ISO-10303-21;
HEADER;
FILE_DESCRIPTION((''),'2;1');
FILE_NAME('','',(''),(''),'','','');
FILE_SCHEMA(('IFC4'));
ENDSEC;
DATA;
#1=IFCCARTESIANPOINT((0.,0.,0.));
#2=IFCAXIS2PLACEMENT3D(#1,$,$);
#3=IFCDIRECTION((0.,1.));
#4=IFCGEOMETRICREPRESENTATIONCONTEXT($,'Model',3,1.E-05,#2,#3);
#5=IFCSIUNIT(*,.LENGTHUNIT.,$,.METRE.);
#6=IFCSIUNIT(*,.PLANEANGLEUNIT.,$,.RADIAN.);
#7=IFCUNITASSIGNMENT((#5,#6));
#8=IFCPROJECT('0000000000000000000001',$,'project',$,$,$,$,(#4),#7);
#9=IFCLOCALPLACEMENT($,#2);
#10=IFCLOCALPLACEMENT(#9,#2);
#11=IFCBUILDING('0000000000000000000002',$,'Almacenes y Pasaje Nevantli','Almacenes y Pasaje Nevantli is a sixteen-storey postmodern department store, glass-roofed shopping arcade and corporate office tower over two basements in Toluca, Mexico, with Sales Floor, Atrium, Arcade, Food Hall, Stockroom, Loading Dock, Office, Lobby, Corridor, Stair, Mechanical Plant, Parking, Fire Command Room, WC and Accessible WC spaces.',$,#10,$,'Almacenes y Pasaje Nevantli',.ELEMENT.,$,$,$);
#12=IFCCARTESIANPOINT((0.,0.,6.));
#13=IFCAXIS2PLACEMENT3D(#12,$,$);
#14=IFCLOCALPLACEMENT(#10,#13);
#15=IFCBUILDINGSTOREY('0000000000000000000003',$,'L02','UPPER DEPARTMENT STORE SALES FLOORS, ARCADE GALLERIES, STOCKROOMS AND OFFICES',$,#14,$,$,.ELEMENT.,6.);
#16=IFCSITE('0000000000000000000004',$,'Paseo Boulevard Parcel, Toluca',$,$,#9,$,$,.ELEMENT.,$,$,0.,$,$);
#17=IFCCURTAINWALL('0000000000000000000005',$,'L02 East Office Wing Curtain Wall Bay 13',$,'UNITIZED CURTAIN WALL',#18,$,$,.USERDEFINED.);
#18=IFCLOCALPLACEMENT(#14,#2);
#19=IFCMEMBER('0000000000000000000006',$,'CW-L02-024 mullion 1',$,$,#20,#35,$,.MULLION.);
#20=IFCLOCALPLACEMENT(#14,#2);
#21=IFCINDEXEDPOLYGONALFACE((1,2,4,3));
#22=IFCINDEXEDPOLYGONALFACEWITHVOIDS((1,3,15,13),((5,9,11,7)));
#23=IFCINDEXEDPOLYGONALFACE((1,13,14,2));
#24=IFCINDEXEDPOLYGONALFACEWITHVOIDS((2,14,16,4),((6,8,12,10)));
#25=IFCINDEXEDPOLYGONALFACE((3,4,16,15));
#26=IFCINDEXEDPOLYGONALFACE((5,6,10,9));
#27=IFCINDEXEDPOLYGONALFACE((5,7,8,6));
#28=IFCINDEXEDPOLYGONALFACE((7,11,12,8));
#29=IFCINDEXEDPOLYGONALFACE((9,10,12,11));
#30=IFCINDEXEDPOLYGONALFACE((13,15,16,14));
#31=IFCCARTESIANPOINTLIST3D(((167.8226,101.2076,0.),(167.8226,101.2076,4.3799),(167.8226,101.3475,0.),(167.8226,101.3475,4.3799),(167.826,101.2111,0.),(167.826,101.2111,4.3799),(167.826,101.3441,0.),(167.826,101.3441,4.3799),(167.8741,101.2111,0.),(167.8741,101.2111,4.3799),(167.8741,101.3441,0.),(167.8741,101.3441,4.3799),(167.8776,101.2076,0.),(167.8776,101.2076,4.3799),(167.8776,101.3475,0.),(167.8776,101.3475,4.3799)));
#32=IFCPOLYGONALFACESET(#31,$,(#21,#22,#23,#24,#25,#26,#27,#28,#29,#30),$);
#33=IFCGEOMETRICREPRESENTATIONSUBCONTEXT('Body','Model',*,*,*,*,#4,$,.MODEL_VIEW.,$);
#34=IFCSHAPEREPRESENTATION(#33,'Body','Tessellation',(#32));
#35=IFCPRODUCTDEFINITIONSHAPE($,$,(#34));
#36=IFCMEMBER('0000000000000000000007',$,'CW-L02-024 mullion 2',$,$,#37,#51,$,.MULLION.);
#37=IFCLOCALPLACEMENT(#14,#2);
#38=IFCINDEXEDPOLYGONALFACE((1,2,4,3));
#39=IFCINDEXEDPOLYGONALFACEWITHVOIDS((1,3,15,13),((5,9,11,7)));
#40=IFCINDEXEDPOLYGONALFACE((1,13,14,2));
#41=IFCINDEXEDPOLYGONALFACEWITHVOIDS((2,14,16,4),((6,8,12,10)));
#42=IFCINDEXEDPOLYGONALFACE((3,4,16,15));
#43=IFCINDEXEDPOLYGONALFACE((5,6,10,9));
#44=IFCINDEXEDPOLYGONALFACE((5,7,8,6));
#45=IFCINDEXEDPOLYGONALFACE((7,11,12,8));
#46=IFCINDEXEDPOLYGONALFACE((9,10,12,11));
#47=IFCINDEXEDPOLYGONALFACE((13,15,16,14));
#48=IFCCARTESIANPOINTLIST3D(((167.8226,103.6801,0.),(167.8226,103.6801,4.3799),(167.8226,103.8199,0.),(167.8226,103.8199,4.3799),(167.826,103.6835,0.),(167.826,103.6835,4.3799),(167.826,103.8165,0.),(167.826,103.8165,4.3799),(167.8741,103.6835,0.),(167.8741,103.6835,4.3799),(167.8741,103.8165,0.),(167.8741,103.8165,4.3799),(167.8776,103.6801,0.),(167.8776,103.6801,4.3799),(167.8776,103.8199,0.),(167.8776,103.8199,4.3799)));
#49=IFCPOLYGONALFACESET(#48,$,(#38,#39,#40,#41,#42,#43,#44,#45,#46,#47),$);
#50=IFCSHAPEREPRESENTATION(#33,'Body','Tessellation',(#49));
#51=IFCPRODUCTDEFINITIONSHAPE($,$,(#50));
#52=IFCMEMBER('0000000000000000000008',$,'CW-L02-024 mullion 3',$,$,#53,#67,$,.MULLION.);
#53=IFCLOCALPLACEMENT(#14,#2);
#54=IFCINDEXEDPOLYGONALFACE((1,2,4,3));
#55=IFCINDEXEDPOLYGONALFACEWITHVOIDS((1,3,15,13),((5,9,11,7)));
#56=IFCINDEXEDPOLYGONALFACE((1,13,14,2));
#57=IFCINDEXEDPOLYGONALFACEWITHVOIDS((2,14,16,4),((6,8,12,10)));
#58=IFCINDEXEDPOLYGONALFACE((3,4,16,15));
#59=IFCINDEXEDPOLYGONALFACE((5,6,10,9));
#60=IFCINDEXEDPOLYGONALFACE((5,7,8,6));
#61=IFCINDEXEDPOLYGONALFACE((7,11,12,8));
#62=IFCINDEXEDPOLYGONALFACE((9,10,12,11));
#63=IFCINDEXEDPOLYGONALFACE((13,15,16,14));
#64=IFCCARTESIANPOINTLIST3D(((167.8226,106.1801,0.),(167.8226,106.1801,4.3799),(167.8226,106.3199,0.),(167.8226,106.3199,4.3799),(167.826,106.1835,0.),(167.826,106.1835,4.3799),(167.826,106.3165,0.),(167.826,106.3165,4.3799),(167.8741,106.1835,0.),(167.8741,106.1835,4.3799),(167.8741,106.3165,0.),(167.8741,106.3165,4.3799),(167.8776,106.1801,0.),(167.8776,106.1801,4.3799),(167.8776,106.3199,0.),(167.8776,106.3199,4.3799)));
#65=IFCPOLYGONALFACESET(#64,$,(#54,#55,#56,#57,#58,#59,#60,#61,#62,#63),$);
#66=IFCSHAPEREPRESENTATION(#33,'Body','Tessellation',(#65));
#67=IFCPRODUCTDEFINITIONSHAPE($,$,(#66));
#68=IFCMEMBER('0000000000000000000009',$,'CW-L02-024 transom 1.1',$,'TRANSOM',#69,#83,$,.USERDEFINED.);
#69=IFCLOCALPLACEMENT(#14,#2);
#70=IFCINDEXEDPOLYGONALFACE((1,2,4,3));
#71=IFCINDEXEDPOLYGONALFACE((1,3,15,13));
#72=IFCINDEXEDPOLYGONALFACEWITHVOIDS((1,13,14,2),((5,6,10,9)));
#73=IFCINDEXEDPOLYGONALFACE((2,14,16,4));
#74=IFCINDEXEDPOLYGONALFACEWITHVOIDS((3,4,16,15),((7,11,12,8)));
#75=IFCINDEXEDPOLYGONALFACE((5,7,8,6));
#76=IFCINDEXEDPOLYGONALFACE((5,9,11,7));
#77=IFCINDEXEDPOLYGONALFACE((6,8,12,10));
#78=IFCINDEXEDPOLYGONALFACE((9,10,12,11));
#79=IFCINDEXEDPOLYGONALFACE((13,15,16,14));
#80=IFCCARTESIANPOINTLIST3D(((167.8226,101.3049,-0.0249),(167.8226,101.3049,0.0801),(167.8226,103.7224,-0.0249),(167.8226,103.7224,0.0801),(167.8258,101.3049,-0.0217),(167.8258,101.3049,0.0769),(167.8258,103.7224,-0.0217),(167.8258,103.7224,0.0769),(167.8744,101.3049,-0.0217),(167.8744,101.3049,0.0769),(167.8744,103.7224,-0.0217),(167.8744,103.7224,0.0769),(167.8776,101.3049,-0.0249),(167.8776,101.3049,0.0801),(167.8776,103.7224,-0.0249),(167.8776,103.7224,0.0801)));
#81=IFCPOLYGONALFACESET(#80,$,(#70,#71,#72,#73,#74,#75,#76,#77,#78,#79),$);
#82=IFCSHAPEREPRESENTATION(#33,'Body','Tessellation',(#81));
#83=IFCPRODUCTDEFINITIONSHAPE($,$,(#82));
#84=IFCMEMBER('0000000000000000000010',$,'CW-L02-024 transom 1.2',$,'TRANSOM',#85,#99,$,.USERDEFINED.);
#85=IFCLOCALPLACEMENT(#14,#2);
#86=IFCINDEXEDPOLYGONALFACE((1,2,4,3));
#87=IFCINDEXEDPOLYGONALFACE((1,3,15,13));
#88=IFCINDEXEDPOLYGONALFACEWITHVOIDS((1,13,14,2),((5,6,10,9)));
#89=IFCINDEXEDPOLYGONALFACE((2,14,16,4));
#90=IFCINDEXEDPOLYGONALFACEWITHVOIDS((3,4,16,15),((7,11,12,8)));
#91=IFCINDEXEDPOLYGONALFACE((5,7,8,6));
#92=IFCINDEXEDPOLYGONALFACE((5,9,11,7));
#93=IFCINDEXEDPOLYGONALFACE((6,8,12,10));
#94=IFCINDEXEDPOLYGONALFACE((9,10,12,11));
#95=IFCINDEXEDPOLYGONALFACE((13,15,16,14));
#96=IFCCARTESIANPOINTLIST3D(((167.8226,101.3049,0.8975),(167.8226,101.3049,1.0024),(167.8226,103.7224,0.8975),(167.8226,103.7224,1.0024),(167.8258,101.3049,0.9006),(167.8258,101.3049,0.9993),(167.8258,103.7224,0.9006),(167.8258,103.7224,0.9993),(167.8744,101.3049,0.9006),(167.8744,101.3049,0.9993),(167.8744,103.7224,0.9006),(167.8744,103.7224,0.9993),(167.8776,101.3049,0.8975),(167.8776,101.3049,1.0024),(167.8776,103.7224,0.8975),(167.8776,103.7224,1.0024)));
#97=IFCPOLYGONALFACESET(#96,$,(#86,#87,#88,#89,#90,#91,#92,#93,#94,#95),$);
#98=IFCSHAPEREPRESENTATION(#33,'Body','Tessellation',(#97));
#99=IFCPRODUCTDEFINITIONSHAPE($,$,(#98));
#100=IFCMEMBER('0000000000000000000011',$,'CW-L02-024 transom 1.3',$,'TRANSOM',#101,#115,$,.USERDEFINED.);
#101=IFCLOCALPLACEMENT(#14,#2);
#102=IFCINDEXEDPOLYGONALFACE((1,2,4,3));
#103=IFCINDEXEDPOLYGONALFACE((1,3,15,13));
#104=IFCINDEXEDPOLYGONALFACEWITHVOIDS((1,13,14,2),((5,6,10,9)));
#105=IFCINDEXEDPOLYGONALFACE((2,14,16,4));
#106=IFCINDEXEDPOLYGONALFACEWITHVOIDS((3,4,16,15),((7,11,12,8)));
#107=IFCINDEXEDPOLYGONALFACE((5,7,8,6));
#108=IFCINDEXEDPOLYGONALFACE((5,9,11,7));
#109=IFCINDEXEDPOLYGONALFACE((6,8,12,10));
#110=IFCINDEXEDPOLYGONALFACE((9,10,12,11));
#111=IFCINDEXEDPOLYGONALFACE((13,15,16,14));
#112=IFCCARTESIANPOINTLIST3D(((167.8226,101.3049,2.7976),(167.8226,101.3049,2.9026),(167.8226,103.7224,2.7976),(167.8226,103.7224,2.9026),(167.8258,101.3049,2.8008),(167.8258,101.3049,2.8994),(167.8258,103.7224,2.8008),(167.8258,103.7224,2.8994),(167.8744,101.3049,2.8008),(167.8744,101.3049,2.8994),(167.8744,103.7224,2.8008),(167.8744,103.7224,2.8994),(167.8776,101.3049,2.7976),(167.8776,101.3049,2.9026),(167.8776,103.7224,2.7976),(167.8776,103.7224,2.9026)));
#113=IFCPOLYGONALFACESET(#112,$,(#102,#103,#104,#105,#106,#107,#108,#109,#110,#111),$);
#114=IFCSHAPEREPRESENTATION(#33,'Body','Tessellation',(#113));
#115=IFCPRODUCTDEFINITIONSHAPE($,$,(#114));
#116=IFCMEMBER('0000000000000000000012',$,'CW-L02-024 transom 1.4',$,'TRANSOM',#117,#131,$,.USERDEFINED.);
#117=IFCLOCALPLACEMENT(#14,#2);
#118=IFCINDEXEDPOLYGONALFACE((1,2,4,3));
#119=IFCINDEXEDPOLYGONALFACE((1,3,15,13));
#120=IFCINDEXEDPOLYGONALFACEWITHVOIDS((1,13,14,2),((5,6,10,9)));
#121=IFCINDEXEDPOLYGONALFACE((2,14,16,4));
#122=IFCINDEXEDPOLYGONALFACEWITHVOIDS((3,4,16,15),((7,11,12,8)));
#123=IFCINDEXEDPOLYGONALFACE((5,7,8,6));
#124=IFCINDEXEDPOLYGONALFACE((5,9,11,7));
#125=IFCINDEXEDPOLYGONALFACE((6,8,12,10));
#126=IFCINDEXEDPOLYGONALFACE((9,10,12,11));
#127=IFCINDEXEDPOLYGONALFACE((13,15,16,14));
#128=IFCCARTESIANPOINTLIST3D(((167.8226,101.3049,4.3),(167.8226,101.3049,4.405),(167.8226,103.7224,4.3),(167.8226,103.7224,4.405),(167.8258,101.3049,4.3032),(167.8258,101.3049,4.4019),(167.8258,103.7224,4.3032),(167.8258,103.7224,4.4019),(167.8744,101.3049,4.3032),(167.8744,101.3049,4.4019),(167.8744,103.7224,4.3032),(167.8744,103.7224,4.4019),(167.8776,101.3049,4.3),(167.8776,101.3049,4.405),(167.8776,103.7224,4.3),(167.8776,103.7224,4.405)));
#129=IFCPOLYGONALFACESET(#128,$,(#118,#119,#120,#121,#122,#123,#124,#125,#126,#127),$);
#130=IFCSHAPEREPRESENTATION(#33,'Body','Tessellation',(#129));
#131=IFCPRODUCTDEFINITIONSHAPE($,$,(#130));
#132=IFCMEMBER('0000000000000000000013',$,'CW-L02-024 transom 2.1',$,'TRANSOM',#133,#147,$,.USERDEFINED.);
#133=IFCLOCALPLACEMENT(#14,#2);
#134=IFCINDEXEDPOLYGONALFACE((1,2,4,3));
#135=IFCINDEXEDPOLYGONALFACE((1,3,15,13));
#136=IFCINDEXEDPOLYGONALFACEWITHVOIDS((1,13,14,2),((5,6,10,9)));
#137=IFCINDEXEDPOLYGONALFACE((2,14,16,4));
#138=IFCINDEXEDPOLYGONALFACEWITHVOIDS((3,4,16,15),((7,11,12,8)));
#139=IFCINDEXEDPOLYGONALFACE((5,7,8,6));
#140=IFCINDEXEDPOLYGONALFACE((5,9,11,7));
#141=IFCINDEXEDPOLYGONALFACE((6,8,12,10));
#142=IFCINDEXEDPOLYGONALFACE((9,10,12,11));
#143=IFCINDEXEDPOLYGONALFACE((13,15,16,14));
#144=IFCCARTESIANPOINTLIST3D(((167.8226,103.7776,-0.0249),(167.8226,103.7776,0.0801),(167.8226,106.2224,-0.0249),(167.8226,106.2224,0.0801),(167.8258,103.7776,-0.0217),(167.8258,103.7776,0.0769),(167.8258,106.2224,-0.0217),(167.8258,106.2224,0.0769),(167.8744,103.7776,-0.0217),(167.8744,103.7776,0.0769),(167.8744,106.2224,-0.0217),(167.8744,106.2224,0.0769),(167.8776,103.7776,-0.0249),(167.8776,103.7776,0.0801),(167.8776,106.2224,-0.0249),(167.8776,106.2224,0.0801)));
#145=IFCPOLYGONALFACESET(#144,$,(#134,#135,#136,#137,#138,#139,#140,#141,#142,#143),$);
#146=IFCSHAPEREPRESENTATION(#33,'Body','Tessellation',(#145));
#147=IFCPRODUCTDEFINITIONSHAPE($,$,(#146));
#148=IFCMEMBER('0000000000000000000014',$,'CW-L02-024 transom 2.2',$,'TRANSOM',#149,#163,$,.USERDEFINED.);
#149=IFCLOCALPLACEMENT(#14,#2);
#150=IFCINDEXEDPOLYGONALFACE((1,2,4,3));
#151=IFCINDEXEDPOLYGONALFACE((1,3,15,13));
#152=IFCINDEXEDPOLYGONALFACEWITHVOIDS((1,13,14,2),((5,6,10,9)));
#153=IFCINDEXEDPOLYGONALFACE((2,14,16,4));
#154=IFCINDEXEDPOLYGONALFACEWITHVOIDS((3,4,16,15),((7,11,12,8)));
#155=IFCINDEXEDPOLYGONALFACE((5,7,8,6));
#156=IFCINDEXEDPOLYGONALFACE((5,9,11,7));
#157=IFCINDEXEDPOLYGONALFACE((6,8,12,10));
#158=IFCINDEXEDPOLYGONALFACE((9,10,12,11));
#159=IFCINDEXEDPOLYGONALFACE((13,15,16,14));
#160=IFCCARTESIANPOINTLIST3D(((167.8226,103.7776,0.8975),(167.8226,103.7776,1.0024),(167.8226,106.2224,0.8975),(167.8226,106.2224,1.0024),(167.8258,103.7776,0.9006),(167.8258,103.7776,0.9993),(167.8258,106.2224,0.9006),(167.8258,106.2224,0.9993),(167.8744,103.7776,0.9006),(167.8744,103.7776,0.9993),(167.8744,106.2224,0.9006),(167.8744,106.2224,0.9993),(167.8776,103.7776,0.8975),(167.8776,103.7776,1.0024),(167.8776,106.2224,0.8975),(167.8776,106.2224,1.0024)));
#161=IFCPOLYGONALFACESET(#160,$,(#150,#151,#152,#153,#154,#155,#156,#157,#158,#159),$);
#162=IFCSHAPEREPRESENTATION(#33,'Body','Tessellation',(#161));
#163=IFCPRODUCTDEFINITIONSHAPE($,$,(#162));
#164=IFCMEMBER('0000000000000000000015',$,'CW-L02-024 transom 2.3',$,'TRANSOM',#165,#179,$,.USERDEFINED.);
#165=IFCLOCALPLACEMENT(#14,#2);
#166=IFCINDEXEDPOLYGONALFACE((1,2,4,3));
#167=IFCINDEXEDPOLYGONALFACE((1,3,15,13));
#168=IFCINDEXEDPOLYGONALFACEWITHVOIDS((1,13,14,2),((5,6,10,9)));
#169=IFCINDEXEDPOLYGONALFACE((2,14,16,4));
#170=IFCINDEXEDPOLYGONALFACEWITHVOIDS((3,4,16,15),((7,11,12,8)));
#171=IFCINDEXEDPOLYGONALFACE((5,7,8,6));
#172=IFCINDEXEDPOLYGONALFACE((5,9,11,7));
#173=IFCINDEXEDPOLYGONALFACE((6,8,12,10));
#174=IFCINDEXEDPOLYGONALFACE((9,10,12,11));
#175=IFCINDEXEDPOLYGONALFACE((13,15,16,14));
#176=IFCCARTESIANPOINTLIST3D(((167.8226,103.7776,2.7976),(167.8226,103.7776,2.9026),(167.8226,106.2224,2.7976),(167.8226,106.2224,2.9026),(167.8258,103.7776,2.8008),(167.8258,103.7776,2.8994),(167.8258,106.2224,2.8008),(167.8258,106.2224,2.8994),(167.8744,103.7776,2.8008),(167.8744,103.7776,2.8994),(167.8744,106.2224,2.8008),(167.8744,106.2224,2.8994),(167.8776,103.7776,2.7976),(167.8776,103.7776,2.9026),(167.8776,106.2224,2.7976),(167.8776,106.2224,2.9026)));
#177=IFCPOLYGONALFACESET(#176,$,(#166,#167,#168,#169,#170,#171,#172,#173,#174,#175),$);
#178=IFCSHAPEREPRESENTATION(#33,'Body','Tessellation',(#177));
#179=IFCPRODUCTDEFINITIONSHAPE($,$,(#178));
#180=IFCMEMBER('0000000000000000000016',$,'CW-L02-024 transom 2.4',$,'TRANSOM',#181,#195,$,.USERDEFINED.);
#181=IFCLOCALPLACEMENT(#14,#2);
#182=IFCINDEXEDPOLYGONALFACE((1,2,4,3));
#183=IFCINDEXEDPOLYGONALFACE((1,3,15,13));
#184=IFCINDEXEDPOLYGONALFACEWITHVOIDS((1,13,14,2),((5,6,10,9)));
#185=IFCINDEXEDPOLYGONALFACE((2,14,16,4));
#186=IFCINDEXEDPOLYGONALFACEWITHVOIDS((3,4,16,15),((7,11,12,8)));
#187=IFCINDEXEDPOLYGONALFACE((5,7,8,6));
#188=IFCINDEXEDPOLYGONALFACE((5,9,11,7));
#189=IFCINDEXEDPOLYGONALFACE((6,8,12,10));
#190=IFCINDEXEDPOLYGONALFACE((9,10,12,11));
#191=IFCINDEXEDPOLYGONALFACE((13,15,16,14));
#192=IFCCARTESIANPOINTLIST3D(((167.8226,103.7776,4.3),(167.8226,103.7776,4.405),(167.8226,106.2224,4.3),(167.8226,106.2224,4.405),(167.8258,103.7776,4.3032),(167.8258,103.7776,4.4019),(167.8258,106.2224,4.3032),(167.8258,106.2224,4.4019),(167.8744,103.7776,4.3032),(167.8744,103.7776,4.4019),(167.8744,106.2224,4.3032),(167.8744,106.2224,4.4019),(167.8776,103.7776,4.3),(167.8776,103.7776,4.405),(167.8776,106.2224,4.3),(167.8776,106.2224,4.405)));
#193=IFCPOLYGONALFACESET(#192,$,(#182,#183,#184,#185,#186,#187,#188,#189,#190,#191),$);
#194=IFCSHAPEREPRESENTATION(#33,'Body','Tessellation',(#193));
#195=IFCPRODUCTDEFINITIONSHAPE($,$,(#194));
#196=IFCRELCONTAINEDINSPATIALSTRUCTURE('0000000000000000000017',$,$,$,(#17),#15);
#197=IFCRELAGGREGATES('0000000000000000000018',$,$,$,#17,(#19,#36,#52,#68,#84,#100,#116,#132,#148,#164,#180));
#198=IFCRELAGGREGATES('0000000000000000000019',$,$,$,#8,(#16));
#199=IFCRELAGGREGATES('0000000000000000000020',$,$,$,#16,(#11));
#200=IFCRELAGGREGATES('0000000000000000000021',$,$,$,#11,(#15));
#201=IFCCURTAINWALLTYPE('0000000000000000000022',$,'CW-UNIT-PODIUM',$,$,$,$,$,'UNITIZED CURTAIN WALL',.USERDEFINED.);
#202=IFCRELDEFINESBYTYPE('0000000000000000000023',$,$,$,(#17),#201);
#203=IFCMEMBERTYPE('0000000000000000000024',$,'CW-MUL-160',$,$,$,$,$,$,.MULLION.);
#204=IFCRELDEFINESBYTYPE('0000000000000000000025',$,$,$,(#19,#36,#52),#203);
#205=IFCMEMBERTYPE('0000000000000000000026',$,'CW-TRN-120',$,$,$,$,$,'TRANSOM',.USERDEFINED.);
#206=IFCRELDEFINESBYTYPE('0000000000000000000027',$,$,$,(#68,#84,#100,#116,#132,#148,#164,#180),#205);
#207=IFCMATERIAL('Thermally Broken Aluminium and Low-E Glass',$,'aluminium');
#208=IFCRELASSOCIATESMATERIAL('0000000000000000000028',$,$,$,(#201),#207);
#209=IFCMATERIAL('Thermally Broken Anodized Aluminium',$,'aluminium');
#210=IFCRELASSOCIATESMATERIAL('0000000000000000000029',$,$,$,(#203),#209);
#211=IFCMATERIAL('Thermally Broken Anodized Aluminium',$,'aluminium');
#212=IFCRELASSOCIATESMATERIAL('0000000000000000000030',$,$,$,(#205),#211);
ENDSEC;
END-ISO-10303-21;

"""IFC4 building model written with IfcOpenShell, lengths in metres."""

from ifc_helpers import new_model, si_unit, direction, frame, origin, origin_2d, place, context, subcontext, project, spatial, hollow_rectangle, extrude, material, material_profile, profile_set, type_object, element, aggregate, save


model = new_model("IFC4")

# Units and contexts
model_context = context("Model", 3, precision=1e-05, world=origin(), true_north=direction((0.0, 1.0)))
body_context = subcontext(model_context, "Body", "Model", "MODEL_VIEW")
ifc_project = project(units=[si_unit("LENGTHUNIT", "METRE"), si_unit("PLANEANGLEUNIT", "RADIAN")], contexts=[model_context])

# Site, building, storey
site_placement = place(None, origin())
site = spatial("IfcSite", under=ifc_project, at=site_placement, Name="Paseo Boulevard Parcel, Toluca", CompositionType="ELEMENT", RefElevation=0.0)
building_placement = place(site_placement, origin())
building = spatial("IfcBuilding", under=site, at=building_placement, Name="Almacenes y Pasaje Nevantli", Description="Almacenes y Pasaje Nevantli is a sixteen-storey postmodern department store, glass-roofed shopping arcade and corporate office tower over two basements in Toluca, Mexico, with Sales Floor, Atrium, Arcade, Food Hall, Stockroom, Loading Dock, Office, Lobby, Corridor, Stair, Mechanical Plant, Parking, Fire Command Room, WC and Accessible WC spaces.", LongName="Almacenes y Pasaje Nevantli", CompositionType="ELEMENT")
storey_placement = place(building_placement, frame((0.0, 0.0, 6.0)))
storey = spatial("IfcBuildingStorey", under=building, at=storey_placement, Name="L02", Description="UPPER DEPARTMENT STORE SALES FLOORS, ARCADE GALLERIES, STOCKROOMS AND OFFICES", CompositionType="ELEMENT", Elevation=6.0)

# Curtain wall, members
ifc_material_1 = material(Name="Thermally Broken Aluminium and Low-E Glass", Category="aluminium")
curtain_wall_type = type_object("IfcCurtainWallType", Name="CW-UNIT-PODIUM", ElementType="UNITIZED CURTAIN WALL", PredefinedType="USERDEFINED", material=ifc_material_1)
curtain_wall_placement = place(storey_placement, origin())
curtain_wall = element("IfcCurtainWall", 1, at=curtain_wall_placement, inside=storey, type_object=curtain_wall_type, Name="L02 East Office Wing Curtain Wall Bay 13", ObjectType="UNITIZED CURTAIN WALL", PredefinedType="USERDEFINED")
ifc_material_2 = material(Name="Thermally Broken Anodized Aluminium", Category="aluminium")
ifc_material_profile_1 = material_profile(ifc_material_2, hollow_rectangle(XDim=0.0549, YDim=0.1399, WallThickness=0.0034, at=origin_2d()), Name="ALU-MUL-55x140")
ifc_profile_set_1 = profile_set([ifc_material_profile_1], Name="Thermally Broken Anodized Aluminium")
member_type_1 = type_object("IfcMemberType", Name="CW-MUL-160", PredefinedType="MULLION", material=ifc_profile_set_1)
member_1_placement = place(storey_placement, frame((167.8501, 101.2776, 0.0), z_axis=(0.0, 0.0, 1.0), x_axis=(-1.0, 0.0, 0.0)))
member_1 = element("IfcMember", 2, at=member_1_placement, type_object=member_type_1, Name="CW-L02-024 mullion 1", PredefinedType="MULLION", context=body_context, shape_type="SweptSolid", body=[
    extrude(hollow_rectangle(XDim=0.0549, YDim=0.1399, WallThickness=0.0034, at=origin_2d()), origin(), (0.0, 0.0, 1.0), 4.3799),
])
member_2_placement = place(storey_placement, frame((167.8501, 103.75, 0.0), z_axis=(0.0, 0.0, 1.0), x_axis=(-1.0, 0.0, 0.0)))
member_2 = element("IfcMember", 3, at=member_2_placement, type_object=member_type_1, Name="CW-L02-024 mullion 2", PredefinedType="MULLION", context=body_context, shape_type="SweptSolid", body=[
    extrude(hollow_rectangle(XDim=0.0549, YDim=0.1399, WallThickness=0.0034, at=origin_2d()), origin(), (0.0, 0.0, 1.0), 4.3799),
])
member_3_placement = place(storey_placement, frame((167.8501, 106.25, 0.0), z_axis=(0.0, 0.0, 1.0), x_axis=(-1.0, 0.0, 0.0)))
member_3 = element("IfcMember", 4, at=member_3_placement, type_object=member_type_1, Name="CW-L02-024 mullion 3", PredefinedType="MULLION", context=body_context, shape_type="SweptSolid", body=[
    extrude(hollow_rectangle(XDim=0.0549, YDim=0.1399, WallThickness=0.0034, at=origin_2d()), origin(), (0.0, 0.0, 1.0), 4.3799),
])
ifc_material_3 = material(Name="Thermally Broken Anodized Aluminium", Category="aluminium")
ifc_material_profile_2 = material_profile(ifc_material_3, hollow_rectangle(XDim=0.0549, YDim=0.105, WallThickness=0.0032, at=origin_2d()), Name="ALU-TRN-55x105")
ifc_profile_set_2 = profile_set([ifc_material_profile_2], Name="Thermally Broken Anodized Aluminium")
member_type_2 = type_object("IfcMemberType", Name="CW-TRN-120", ElementType="TRANSOM", PredefinedType="USERDEFINED", material=ifc_profile_set_2)
member_4_placement = place(storey_placement, frame((167.8501, 101.3049, 0.0276), z_axis=(0.0, 1.0, 0.0), x_axis=(-1.0, 0.0, 0.0)))
member_4 = element("IfcMember", 5, at=member_4_placement, type_object=member_type_2, Name="CW-L02-024 transom 1.1", ObjectType="TRANSOM", PredefinedType="USERDEFINED", context=body_context, shape_type="SweptSolid", body=[
    extrude(hollow_rectangle(XDim=0.0549, YDim=0.105, WallThickness=0.0032, at=origin_2d()), origin(), (0.0, 0.0, 1.0), 2.4175),
])
member_5_placement = place(storey_placement, frame((167.8501, 101.3049, 0.95), z_axis=(0.0, 1.0, 0.0), x_axis=(-1.0, 0.0, 0.0)))
member_5 = element("IfcMember", 6, at=member_5_placement, type_object=member_type_2, Name="CW-L02-024 transom 1.2", ObjectType="TRANSOM", PredefinedType="USERDEFINED", context=body_context, shape_type="SweptSolid", body=[
    extrude(hollow_rectangle(XDim=0.0549, YDim=0.105, WallThickness=0.0032, at=origin_2d()), origin(), (0.0, 0.0, 1.0), 2.4175),
])
member_6_placement = place(storey_placement, frame((167.8501, 101.3049, 2.8501), z_axis=(0.0, 1.0, 0.0), x_axis=(-1.0, 0.0, 0.0)))
member_6 = element("IfcMember", 7, at=member_6_placement, type_object=member_type_2, Name="CW-L02-024 transom 1.3", ObjectType="TRANSOM", PredefinedType="USERDEFINED", context=body_context, shape_type="SweptSolid", body=[
    extrude(hollow_rectangle(XDim=0.0549, YDim=0.105, WallThickness=0.0032, at=origin_2d()), origin(), (0.0, 0.0, 1.0), 2.4175),
])
member_7_placement = place(storey_placement, frame((167.8501, 101.3049, 4.3525), z_axis=(0.0, 1.0, 0.0), x_axis=(-1.0, 0.0, 0.0)))
member_7 = element("IfcMember", 8, at=member_7_placement, type_object=member_type_2, Name="CW-L02-024 transom 1.4", ObjectType="TRANSOM", PredefinedType="USERDEFINED", context=body_context, shape_type="SweptSolid", body=[
    extrude(hollow_rectangle(XDim=0.0549, YDim=0.105, WallThickness=0.0032, at=origin_2d()), origin(), (0.0, 0.0, 1.0), 2.4175),
])
member_8_placement = place(storey_placement, frame((167.8501, 103.7776, 0.0276), z_axis=(0.0, 1.0, 0.0), x_axis=(-1.0, 0.0, 0.0)))
member_8 = element("IfcMember", 9, at=member_8_placement, type_object=member_type_2, Name="CW-L02-024 transom 2.1", ObjectType="TRANSOM", PredefinedType="USERDEFINED", context=body_context, shape_type="SweptSolid", body=[
    extrude(hollow_rectangle(XDim=0.0549, YDim=0.105, WallThickness=0.0032, at=origin_2d()), origin(), (0.0, 0.0, 1.0), 2.4448),
])
member_9_placement = place(storey_placement, frame((167.8501, 103.7776, 0.95), z_axis=(0.0, 1.0, 0.0), x_axis=(-1.0, 0.0, 0.0)))
member_9 = element("IfcMember", 10, at=member_9_placement, type_object=member_type_2, Name="CW-L02-024 transom 2.2", ObjectType="TRANSOM", PredefinedType="USERDEFINED", context=body_context, shape_type="SweptSolid", body=[
    extrude(hollow_rectangle(XDim=0.0549, YDim=0.105, WallThickness=0.0032, at=origin_2d()), origin(), (0.0, 0.0, 1.0), 2.4448),
])
member_10_placement = place(storey_placement, frame((167.8501, 103.7776, 2.8501), z_axis=(0.0, 1.0, 0.0), x_axis=(-1.0, 0.0, 0.0)))
member_10 = element("IfcMember", 11, at=member_10_placement, type_object=member_type_2, Name="CW-L02-024 transom 2.3", ObjectType="TRANSOM", PredefinedType="USERDEFINED", context=body_context, shape_type="SweptSolid", body=[
    extrude(hollow_rectangle(XDim=0.0549, YDim=0.105, WallThickness=0.0032, at=origin_2d()), origin(), (0.0, 0.0, 1.0), 2.4448),
])
member_11_placement = place(storey_placement, frame((167.8501, 103.7776, 4.3525), z_axis=(0.0, 1.0, 0.0), x_axis=(-1.0, 0.0, 0.0)))
member_11 = element("IfcMember", 12, at=member_11_placement, type_object=member_type_2, Name="CW-L02-024 transom 2.4", ObjectType="TRANSOM", PredefinedType="USERDEFINED", context=body_context, shape_type="SweptSolid", body=[
    extrude(hollow_rectangle(XDim=0.0549, YDim=0.105, WallThickness=0.0032, at=origin_2d()), origin(), (0.0, 0.0, 1.0), 2.4448),
])
aggregate(curtain_wall, [member_1, member_2, member_3, member_4, member_5, member_6, member_7, member_8, member_9, member_10, member_11])

save(model, "model.ifc")
